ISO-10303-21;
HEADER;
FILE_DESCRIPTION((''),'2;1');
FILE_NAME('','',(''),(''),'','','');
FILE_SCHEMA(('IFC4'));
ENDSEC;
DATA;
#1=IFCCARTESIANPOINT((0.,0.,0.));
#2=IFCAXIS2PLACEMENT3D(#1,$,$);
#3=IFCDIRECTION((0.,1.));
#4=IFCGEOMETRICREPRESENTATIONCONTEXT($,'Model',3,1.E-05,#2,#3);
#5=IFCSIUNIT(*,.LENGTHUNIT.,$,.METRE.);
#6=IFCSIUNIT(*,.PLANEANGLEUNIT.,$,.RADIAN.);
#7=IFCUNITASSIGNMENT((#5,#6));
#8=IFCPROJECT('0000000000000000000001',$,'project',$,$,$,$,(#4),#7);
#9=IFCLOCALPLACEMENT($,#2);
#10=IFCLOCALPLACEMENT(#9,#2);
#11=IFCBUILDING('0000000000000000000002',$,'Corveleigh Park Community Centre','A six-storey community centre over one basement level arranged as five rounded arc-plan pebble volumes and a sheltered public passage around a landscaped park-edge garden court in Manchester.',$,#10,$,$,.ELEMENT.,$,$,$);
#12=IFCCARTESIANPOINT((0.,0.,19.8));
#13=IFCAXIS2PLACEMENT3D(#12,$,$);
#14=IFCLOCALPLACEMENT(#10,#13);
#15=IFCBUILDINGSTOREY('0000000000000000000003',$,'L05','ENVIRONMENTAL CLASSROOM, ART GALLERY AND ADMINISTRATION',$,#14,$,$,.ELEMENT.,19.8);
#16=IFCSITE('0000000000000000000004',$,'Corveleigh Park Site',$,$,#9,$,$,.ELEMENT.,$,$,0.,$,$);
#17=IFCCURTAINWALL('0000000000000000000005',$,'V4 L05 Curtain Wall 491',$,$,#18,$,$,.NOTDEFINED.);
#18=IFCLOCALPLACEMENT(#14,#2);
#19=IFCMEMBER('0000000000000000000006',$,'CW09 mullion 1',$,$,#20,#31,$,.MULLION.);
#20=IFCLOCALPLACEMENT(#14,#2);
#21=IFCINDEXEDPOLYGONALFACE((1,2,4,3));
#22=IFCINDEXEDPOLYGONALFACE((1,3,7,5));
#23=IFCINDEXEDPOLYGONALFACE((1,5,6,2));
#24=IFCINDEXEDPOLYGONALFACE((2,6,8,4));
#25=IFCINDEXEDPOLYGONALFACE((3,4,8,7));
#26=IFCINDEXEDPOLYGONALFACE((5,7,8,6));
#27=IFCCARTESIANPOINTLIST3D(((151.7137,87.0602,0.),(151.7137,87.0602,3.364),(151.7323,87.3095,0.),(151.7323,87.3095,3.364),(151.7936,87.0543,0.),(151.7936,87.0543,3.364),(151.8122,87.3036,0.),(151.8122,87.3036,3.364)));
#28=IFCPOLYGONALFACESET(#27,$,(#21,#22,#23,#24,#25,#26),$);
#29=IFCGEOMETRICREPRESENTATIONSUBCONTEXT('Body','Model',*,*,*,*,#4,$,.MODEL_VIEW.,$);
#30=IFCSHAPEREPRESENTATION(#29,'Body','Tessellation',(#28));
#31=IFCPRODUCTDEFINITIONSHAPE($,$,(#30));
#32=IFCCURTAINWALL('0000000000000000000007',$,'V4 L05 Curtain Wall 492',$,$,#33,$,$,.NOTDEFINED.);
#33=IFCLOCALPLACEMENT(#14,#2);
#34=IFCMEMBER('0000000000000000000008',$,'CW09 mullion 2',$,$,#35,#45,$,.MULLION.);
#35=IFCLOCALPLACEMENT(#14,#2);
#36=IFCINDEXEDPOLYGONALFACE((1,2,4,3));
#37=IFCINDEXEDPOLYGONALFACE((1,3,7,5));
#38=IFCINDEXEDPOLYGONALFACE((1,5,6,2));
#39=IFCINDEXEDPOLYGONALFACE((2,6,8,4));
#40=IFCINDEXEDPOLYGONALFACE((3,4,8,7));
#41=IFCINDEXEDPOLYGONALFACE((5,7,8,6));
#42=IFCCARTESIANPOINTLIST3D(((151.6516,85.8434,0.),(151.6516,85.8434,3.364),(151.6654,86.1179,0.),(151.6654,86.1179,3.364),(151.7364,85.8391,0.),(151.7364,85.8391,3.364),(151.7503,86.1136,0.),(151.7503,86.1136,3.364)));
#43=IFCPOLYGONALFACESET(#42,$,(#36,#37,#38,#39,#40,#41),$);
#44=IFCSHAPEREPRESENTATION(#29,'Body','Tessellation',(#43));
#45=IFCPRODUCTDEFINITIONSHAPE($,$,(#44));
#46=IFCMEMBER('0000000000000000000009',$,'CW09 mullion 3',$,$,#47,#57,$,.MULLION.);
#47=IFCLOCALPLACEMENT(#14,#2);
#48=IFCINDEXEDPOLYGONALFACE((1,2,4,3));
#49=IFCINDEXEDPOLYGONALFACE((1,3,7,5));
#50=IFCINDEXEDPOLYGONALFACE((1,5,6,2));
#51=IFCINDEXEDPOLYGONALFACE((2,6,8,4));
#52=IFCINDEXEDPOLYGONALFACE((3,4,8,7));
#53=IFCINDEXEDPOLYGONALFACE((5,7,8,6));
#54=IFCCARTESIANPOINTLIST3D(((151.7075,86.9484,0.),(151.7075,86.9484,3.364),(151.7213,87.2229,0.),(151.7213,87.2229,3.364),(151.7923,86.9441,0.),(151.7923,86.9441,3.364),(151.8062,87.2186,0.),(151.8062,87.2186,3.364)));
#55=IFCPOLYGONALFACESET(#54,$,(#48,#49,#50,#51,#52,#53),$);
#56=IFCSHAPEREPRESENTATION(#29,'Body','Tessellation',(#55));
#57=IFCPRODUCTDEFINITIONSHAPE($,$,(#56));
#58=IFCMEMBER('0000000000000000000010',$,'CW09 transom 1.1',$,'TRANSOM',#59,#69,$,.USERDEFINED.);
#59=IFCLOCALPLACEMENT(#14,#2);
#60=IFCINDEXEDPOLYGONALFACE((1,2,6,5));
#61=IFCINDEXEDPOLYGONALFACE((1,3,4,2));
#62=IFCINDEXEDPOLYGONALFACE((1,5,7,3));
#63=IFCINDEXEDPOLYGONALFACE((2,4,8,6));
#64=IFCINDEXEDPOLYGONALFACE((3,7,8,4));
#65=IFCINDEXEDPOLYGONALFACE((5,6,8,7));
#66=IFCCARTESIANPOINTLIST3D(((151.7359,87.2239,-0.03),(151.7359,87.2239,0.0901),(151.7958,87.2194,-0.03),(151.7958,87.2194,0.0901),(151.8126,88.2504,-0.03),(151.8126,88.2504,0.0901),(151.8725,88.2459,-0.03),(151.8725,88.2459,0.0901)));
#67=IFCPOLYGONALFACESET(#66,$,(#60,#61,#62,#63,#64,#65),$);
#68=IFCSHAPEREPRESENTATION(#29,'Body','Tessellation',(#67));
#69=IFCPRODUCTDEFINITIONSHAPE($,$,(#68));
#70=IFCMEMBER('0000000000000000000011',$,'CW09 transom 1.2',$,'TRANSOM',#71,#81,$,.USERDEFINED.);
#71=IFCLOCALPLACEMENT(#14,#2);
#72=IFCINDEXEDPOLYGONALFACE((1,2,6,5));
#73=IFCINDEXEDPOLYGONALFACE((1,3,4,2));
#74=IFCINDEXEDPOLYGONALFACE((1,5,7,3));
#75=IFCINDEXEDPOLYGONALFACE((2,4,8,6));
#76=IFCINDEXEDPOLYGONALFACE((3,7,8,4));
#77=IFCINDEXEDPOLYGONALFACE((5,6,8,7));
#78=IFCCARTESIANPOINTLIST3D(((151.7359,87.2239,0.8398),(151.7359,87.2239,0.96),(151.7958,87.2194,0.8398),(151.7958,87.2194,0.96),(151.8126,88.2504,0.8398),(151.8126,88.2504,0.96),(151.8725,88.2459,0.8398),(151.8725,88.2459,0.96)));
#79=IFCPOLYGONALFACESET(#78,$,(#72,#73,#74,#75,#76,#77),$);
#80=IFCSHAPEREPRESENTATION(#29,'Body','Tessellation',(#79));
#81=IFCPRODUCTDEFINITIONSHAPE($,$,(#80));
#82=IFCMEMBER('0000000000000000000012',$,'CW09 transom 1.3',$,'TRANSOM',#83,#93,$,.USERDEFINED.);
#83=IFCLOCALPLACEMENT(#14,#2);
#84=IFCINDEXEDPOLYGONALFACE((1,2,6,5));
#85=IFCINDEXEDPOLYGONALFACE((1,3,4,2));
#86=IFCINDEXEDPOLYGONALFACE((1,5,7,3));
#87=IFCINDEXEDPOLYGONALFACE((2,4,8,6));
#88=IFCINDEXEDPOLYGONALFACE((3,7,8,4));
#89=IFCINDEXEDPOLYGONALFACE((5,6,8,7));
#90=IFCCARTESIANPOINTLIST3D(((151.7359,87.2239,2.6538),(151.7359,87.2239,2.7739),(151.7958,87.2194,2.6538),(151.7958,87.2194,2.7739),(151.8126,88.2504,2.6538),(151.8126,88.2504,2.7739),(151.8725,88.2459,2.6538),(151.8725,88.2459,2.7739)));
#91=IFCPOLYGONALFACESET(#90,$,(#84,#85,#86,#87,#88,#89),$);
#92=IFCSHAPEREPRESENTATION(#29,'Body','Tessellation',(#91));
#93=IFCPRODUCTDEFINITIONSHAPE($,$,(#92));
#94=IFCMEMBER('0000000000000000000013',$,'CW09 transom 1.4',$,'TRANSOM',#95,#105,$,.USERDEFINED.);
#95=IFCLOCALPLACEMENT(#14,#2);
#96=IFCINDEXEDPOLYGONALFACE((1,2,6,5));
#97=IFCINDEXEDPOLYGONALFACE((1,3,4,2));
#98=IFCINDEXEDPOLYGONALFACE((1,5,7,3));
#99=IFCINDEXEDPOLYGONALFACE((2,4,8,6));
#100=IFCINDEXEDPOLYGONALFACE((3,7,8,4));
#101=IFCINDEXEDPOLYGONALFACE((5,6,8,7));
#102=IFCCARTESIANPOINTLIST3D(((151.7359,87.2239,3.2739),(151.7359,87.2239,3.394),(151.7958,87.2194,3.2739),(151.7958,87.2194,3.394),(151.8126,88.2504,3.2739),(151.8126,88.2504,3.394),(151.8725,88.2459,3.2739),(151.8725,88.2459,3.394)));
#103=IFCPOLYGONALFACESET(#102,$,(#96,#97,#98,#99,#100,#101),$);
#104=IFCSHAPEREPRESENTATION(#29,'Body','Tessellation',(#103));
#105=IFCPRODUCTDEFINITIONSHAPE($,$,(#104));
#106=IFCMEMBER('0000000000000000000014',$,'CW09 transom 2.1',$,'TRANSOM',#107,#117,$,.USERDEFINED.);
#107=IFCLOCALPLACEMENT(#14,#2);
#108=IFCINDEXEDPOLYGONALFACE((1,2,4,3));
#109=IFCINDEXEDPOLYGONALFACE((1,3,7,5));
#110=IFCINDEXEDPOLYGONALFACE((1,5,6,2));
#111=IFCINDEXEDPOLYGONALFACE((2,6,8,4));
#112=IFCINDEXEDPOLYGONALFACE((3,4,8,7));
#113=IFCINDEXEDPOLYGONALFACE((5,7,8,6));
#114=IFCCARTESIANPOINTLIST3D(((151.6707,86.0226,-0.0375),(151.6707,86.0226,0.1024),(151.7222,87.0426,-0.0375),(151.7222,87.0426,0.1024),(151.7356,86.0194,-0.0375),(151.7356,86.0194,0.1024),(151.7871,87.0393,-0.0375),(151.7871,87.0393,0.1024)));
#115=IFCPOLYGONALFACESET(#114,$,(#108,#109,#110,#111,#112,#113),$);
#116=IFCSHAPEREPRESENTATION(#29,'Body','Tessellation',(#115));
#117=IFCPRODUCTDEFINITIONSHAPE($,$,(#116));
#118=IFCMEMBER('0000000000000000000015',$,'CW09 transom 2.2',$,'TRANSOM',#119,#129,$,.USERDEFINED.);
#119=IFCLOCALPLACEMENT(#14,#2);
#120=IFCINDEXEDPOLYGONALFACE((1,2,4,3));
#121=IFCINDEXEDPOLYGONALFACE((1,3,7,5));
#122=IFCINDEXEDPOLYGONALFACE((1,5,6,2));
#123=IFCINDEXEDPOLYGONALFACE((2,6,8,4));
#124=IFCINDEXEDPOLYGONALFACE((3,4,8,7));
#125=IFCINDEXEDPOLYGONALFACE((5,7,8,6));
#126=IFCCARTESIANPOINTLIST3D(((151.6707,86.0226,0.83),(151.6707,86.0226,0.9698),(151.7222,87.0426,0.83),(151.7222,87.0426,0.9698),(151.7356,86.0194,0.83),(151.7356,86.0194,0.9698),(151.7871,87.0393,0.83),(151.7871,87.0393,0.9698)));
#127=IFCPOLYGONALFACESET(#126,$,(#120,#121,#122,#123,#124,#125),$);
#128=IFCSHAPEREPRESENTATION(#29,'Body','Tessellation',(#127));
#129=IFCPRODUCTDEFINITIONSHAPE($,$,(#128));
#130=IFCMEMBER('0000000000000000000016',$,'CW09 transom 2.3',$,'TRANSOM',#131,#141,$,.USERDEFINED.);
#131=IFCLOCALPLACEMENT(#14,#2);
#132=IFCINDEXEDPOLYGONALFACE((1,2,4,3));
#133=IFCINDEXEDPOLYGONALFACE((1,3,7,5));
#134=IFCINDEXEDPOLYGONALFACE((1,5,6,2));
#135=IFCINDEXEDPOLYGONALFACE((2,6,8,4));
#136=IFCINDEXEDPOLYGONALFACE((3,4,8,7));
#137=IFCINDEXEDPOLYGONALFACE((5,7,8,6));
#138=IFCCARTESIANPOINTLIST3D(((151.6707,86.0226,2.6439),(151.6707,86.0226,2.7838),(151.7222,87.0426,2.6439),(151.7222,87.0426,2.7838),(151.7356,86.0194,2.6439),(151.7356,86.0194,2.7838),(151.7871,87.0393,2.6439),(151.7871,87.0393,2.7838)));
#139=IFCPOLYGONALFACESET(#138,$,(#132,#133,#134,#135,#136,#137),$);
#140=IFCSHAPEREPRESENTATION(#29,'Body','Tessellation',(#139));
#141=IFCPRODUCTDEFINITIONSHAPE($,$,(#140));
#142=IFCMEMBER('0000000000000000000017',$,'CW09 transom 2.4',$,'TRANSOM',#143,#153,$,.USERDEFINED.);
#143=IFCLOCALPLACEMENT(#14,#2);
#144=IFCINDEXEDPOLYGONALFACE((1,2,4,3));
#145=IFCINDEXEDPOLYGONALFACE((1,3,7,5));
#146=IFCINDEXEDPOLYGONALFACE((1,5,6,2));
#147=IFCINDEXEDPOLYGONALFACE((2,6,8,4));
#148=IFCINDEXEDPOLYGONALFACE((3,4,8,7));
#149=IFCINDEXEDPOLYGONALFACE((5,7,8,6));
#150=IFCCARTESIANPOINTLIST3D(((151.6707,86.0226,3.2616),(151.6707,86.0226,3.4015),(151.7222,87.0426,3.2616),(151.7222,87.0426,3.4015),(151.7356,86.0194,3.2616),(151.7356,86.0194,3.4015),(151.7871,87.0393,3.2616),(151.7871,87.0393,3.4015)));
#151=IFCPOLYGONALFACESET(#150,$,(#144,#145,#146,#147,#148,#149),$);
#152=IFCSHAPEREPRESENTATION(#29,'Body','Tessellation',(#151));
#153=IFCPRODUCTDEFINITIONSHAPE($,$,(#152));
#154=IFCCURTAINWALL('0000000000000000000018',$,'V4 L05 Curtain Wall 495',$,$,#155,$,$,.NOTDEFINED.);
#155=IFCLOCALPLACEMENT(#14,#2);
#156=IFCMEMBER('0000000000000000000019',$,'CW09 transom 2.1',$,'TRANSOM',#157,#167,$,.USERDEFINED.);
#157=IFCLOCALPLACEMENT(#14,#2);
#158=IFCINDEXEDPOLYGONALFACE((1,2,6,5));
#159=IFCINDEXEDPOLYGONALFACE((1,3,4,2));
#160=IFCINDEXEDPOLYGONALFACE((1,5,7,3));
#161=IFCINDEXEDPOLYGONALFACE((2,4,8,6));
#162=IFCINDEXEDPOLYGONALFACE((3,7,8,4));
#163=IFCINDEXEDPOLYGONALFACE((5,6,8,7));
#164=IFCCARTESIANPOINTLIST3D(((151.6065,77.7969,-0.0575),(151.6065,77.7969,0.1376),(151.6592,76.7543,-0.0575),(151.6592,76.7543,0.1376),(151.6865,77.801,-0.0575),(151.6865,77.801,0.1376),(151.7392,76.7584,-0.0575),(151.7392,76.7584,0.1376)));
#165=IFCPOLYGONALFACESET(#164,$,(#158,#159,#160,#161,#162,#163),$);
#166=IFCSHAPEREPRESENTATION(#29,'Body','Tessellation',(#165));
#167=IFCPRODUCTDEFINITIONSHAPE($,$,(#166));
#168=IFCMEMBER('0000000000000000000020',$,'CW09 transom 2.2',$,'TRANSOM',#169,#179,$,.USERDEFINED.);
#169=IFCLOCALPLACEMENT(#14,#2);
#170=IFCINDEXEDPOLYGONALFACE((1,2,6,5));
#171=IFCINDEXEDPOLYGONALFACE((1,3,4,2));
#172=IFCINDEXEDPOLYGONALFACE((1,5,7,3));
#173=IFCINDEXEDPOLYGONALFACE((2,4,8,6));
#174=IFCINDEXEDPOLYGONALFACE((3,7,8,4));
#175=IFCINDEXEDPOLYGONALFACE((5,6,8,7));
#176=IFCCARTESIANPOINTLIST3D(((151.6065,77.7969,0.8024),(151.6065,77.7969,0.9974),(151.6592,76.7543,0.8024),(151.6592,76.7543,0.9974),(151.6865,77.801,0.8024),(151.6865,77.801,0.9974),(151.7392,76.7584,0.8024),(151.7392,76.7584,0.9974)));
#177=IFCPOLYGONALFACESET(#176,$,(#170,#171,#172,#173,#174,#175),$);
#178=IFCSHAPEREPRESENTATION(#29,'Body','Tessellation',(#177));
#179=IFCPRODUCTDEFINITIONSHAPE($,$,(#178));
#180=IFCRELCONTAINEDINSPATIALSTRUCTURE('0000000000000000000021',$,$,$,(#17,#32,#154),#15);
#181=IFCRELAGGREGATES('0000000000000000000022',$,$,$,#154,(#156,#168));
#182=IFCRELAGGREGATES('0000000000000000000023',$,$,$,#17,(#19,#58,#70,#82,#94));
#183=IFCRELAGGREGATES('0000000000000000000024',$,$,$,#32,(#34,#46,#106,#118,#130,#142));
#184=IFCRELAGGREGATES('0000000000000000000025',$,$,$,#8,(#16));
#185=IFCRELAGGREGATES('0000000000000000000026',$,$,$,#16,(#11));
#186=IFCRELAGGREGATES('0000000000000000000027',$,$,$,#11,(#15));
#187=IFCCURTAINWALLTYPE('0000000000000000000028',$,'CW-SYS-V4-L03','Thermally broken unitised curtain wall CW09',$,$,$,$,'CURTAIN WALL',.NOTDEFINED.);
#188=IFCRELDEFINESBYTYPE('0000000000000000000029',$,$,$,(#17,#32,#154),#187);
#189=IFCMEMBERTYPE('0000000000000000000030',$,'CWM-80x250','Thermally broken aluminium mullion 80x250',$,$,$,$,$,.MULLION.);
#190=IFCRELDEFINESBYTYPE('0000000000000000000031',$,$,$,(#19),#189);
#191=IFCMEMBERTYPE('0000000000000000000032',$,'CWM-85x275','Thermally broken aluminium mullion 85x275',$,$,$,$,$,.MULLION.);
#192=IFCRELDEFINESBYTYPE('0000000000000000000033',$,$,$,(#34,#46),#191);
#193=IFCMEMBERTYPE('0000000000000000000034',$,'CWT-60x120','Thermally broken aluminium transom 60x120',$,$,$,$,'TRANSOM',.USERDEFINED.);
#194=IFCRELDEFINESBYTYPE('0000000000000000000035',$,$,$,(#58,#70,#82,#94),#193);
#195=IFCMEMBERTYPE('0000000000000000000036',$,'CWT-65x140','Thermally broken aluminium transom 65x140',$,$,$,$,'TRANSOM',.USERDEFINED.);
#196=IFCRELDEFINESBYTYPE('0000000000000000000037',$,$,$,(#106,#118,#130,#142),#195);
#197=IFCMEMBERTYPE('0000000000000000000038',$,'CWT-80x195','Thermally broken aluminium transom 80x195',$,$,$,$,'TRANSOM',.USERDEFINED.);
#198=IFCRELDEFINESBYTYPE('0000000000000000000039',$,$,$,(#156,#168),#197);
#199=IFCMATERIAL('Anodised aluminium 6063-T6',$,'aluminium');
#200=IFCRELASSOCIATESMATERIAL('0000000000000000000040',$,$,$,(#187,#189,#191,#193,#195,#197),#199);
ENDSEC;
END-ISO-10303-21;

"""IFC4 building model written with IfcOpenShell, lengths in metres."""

from ifc_helpers import new_model, si_unit, direction, frame, origin, origin_2d, place, context, subcontext, project, spatial, rectangle, extrude, material, material_profile, profile_set, type_object, element, aggregate, save


model = new_model("IFC4")

# Units and contexts
model_context = context("Model", 3, precision=1e-05, world=origin(), true_north=direction((0.0, 1.0)))
body_context = subcontext(model_context, "Body", "Model", "MODEL_VIEW")
ifc_project = project(units=[si_unit("LENGTHUNIT", "METRE"), si_unit("PLANEANGLEUNIT", "RADIAN")], contexts=[model_context])

# Site, building, storey
site_placement = place(None, origin())
site = spatial("IfcSite", under=ifc_project, at=site_placement, Name="Corveleigh Park Site", CompositionType="ELEMENT", RefElevation=0.0)
building_placement = place(site_placement, origin())
building = spatial("IfcBuilding", under=site, at=building_placement, Name="Corveleigh Park Community Centre", Description="A six-storey community centre over one basement level arranged as five rounded arc-plan pebble volumes and a sheltered public passage around a landscaped park-edge garden court in Manchester.", CompositionType="ELEMENT")
storey_placement = place(building_placement, frame((0.0, 0.0, 19.8)))
storey = spatial("IfcBuildingStorey", under=building, at=storey_placement, Name="L05", Description="ENVIRONMENTAL CLASSROOM, ART GALLERY AND ADMINISTRATION", CompositionType="ELEMENT", Elevation=19.8)

# Curtain wall, member
ifc_material_1 = material(Name="Anodised aluminium 6063-T6", Category="aluminium")
curtain_wall_type = type_object("IfcCurtainWallType", Name="CW-SYS-V4-L03", Description="Thermally broken unitised curtain wall CW09", ElementType="CURTAIN WALL", PredefinedType="NOTDEFINED", material=ifc_material_1)
curtain_wall_1_placement = place(storey_placement, origin())
curtain_wall_1 = element("IfcCurtainWall", 1, at=curtain_wall_1_placement, inside=storey, type_object=curtain_wall_type, Name="V4 L05 Curtain Wall 491", PredefinedType="NOTDEFINED")
ifc_material_profile_1 = material_profile(ifc_material_1, rectangle(XDim=0.0801, YDim=0.25, at=origin_2d()), Name="ALU-M80x250", Category="aluminium")
ifc_profile_set_1 = profile_set([ifc_material_profile_1], Name="Anodised aluminium 6063-T6")
member_type_1 = type_object("IfcMemberType", Name="CWM-80x250", Description="Thermally broken aluminium mullion 80x250", PredefinedType="MULLION", material=ifc_profile_set_1)
member_1_placement = place(storey_placement, frame((151.7629, 87.1819, 0.0), z_axis=(0.0, 0.0, 1.0), x_axis=(-0.997228, 0.074401, 0.0)))
member_1 = element("IfcMember", 2, at=member_1_placement, type_object=member_type_1, Name="CW09 mullion 1", PredefinedType="MULLION", context=body_context, shape_type="SweptSolid", body=[
    extrude(rectangle(XDim=0.0801, YDim=0.25, at=origin_2d()), origin(), (0.0, 0.0, 1.0), 3.364),
])

# Curtain wall, members
curtain_wall_2_placement = place(storey_placement, origin())
curtain_wall_2 = element("IfcCurtainWall", 3, at=curtain_wall_2_placement, inside=storey, type_object=curtain_wall_type, Name="V4 L05 Curtain Wall 492", PredefinedType="NOTDEFINED")
ifc_material_profile_2 = material_profile(ifc_material_1, rectangle(XDim=0.085, YDim=0.2749, at=origin_2d()), Name="ALU-M85x275", Category="aluminium")
ifc_profile_set_2 = profile_set([ifc_material_profile_2], Name="Anodised aluminium 6063-T6")
member_type_2 = type_object("IfcMemberType", Name="CWM-85x275", Description="Thermally broken aluminium mullion 85x275", PredefinedType="MULLION", material=ifc_profile_set_2)
member_2_placement = place(storey_placement, frame((151.7009, 85.9785, 0.0), z_axis=(0.0, 0.0, 1.0), x_axis=(-0.998725, 0.05048, 0.0)))
member_2 = element("IfcMember", 4, at=member_2_placement, type_object=member_type_2, Name="CW09 mullion 2", PredefinedType="MULLION", context=body_context, shape_type="SweptSolid", body=[
    extrude(rectangle(XDim=0.085, YDim=0.2749, at=origin_2d()), origin(), (0.0, 0.0, 1.0), 3.364),
])
member_3_placement = place(storey_placement, frame((151.7568, 87.0835, 0.0), z_axis=(0.0, 0.0, 1.0), x_axis=(-0.998725, 0.05048, 0.0)))
member_3 = element("IfcMember", 5, at=member_3_placement, type_object=member_type_2, Name="CW09 mullion 3", PredefinedType="MULLION", context=body_context, shape_type="SweptSolid", body=[
    extrude(rectangle(XDim=0.085, YDim=0.2749, at=origin_2d()), origin(), (0.0, 0.0, 1.0), 3.364),
])

# Members
ifc_material_profile_3 = material_profile(ifc_material_1, rectangle(XDim=0.0601, YDim=0.1201, at=origin_2d()), Name="ALU-T60x120", Category="aluminium")
ifc_profile_set_3 = profile_set([ifc_material_profile_3], Name="Anodised aluminium 6063-T6")
member_type_3 = type_object("IfcMemberType", Name="CWT-60x120", Description="Thermally broken aluminium transom 60x120", ElementType="TRANSOM", PredefinedType="USERDEFINED", material=ifc_profile_set_3)
member_4_placement = place(storey_placement, frame((151.7659, 87.2217, 0.03), z_axis=(0.074483, 0.997222, 0.0), x_axis=(-0.997222, 0.074483, 0.0)))
member_4 = element("IfcMember", 6, at=member_4_placement, type_object=member_type_3, Name="CW09 transom 1.1", ObjectType="TRANSOM", PredefinedType="USERDEFINED", context=body_context, shape_type="SweptSolid", body=[
    extrude(rectangle(XDim=0.0601, YDim=0.1201, at=origin_2d()), origin(), (0.0, 0.0, 1.0), 1.0293),
])
member_5_placement = place(storey_placement, frame((151.7659, 87.2217, 0.8999), z_axis=(0.074483, 0.997222, 0.0), x_axis=(-0.997222, 0.074483, 0.0)))
member_5 = element("IfcMember", 7, at=member_5_placement, type_object=member_type_3, Name="CW09 transom 1.2", ObjectType="TRANSOM", PredefinedType="USERDEFINED", context=body_context, shape_type="SweptSolid", body=[
    extrude(rectangle(XDim=0.0601, YDim=0.1201, at=origin_2d()), origin(), (0.0, 0.0, 1.0), 1.0293),
])
member_6_placement = place(storey_placement, frame((151.7659, 87.2217, 2.7139), z_axis=(0.074483, 0.997222, 0.0), x_axis=(-0.997222, 0.074483, 0.0)))
member_6 = element("IfcMember", 8, at=member_6_placement, type_object=member_type_3, Name="CW09 transom 1.3", ObjectType="TRANSOM", PredefinedType="USERDEFINED", context=body_context, shape_type="SweptSolid", body=[
    extrude(rectangle(XDim=0.0601, YDim=0.1201, at=origin_2d()), origin(), (0.0, 0.0, 1.0), 1.0293),
])
member_7_placement = place(storey_placement, frame((151.7659, 87.2217, 3.334), z_axis=(0.074483, 0.997222, 0.0), x_axis=(-0.997222, 0.074483, 0.0)))
member_7 = element("IfcMember", 9, at=member_7_placement, type_object=member_type_3, Name="CW09 transom 1.4", ObjectType="TRANSOM", PredefinedType="USERDEFINED", context=body_context, shape_type="SweptSolid", body=[
    extrude(rectangle(XDim=0.0601, YDim=0.1201, at=origin_2d()), origin(), (0.0, 0.0, 1.0), 1.0293),
])
ifc_material_profile_4 = material_profile(ifc_material_1, rectangle(XDim=0.0649, YDim=0.1399, at=origin_2d()), Name="ALU-T65x140", Category="aluminium")
ifc_profile_set_4 = profile_set([ifc_material_profile_4], Name="Anodised aluminium 6063-T6")
member_type_4 = type_object("IfcMemberType", Name="CWT-65x140", Description="Thermally broken aluminium transom 65x140", ElementType="TRANSOM", PredefinedType="USERDEFINED", material=ifc_profile_set_4)
member_8_placement = place(storey_placement, frame((151.7031, 86.021, 0.0325), z_axis=(0.050438, 0.998727, 0.0), x_axis=(-0.998727, 0.050438, 0.0)))
member_8 = element("IfcMember", 10, at=member_8_placement, type_object=member_type_4, Name="CW09 transom 2.1", ObjectType="TRANSOM", PredefinedType="USERDEFINED", context=body_context, shape_type="SweptSolid", body=[
    extrude(rectangle(XDim=0.0649, YDim=0.1399, at=origin_2d()), origin(), (0.0, 0.0, 1.0), 1.0212),
])
member_9_placement = place(storey_placement, frame((151.7031, 86.021, 0.8999), z_axis=(0.050438, 0.998727, 0.0), x_axis=(-0.998727, 0.050438, 0.0)))
member_9 = element("IfcMember", 11, at=member_9_placement, type_object=member_type_4, Name="CW09 transom 2.2", ObjectType="TRANSOM", PredefinedType="USERDEFINED", context=body_context, shape_type="SweptSolid", body=[
    extrude(rectangle(XDim=0.0649, YDim=0.1399, at=origin_2d()), origin(), (0.0, 0.0, 1.0), 1.0212),
])
member_10_placement = place(storey_placement, frame((151.7031, 86.021, 2.7139), z_axis=(0.050438, 0.998727, 0.0), x_axis=(-0.998727, 0.050438, 0.0)))
member_10 = element("IfcMember", 12, at=member_10_placement, type_object=member_type_4, Name="CW09 transom 2.3", ObjectType="TRANSOM", PredefinedType="USERDEFINED", context=body_context, shape_type="SweptSolid", body=[
    extrude(rectangle(XDim=0.0649, YDim=0.1399, at=origin_2d()), origin(), (0.0, 0.0, 1.0), 1.0212),
])
member_11_placement = place(storey_placement, frame((151.7031, 86.021, 3.3315), z_axis=(0.050438, 0.998727, 0.0), x_axis=(-0.998727, 0.050438, 0.0)))
member_11 = element("IfcMember", 13, at=member_11_placement, type_object=member_type_4, Name="CW09 transom 2.4", ObjectType="TRANSOM", PredefinedType="USERDEFINED", context=body_context, shape_type="SweptSolid", body=[
    extrude(rectangle(XDim=0.0649, YDim=0.1399, at=origin_2d()), origin(), (0.0, 0.0, 1.0), 1.0212),
])

# Curtain wall, members
curtain_wall_3_placement = place(storey_placement, origin())
curtain_wall_3 = element("IfcCurtainWall", 14, at=curtain_wall_3_placement, inside=storey, type_object=curtain_wall_type, Name="V4 L05 Curtain Wall 495", PredefinedType="NOTDEFINED")
ifc_material_profile_5 = material_profile(ifc_material_1, rectangle(XDim=0.0801, YDim=0.1951, at=origin_2d()), Name="ALU-T80x195", Category="aluminium")
ifc_profile_set_5 = profile_set([ifc_material_profile_5], Name="Anodised aluminium 6063-T6")
member_type_5 = type_object("IfcMemberType", Name="CWT-80x195", Description="Thermally broken aluminium transom 80x195", ElementType="TRANSOM", PredefinedType="USERDEFINED", material=ifc_profile_set_5)
member_12_placement = place(storey_placement, frame((151.6992, 76.7563, 0.04), z_axis=(-0.050509, 0.998724, 0.0), x_axis=(-0.998724, -0.050509, 0.0)))
member_12 = element("IfcMember", 15, at=member_12_placement, type_object=member_type_5, Name="CW09 transom 2.1", ObjectType="TRANSOM", PredefinedType="USERDEFINED", context=body_context, shape_type="SweptSolid", body=[
    extrude(rectangle(XDim=0.0801, YDim=0.1951, at=origin_2d()), origin(), (0.0, 0.0, 1.0), 1.0439),
])
member_13_placement = place(storey_placement, frame((151.6992, 76.7563, 0.8999), z_axis=(-0.050509, 0.998724, 0.0), x_axis=(-0.998724, -0.050509, 0.0)))
member_13 = element("IfcMember", 16, at=member_13_placement, type_object=member_type_5, Name="CW09 transom 2.2", ObjectType="TRANSOM", PredefinedType="USERDEFINED", context=body_context, shape_type="SweptSolid", body=[
    extrude(rectangle(XDim=0.0801, YDim=0.1951, at=origin_2d()), origin(), (0.0, 0.0, 1.0), 1.0439),
])
aggregate(curtain_wall_3, [member_12, member_13])

aggregate(curtain_wall_1, [member_1, member_4, member_5, member_6, member_7])
aggregate(curtain_wall_2, [member_2, member_3, member_8, member_9, member_10, member_11])

save(model, "model.ifc")
